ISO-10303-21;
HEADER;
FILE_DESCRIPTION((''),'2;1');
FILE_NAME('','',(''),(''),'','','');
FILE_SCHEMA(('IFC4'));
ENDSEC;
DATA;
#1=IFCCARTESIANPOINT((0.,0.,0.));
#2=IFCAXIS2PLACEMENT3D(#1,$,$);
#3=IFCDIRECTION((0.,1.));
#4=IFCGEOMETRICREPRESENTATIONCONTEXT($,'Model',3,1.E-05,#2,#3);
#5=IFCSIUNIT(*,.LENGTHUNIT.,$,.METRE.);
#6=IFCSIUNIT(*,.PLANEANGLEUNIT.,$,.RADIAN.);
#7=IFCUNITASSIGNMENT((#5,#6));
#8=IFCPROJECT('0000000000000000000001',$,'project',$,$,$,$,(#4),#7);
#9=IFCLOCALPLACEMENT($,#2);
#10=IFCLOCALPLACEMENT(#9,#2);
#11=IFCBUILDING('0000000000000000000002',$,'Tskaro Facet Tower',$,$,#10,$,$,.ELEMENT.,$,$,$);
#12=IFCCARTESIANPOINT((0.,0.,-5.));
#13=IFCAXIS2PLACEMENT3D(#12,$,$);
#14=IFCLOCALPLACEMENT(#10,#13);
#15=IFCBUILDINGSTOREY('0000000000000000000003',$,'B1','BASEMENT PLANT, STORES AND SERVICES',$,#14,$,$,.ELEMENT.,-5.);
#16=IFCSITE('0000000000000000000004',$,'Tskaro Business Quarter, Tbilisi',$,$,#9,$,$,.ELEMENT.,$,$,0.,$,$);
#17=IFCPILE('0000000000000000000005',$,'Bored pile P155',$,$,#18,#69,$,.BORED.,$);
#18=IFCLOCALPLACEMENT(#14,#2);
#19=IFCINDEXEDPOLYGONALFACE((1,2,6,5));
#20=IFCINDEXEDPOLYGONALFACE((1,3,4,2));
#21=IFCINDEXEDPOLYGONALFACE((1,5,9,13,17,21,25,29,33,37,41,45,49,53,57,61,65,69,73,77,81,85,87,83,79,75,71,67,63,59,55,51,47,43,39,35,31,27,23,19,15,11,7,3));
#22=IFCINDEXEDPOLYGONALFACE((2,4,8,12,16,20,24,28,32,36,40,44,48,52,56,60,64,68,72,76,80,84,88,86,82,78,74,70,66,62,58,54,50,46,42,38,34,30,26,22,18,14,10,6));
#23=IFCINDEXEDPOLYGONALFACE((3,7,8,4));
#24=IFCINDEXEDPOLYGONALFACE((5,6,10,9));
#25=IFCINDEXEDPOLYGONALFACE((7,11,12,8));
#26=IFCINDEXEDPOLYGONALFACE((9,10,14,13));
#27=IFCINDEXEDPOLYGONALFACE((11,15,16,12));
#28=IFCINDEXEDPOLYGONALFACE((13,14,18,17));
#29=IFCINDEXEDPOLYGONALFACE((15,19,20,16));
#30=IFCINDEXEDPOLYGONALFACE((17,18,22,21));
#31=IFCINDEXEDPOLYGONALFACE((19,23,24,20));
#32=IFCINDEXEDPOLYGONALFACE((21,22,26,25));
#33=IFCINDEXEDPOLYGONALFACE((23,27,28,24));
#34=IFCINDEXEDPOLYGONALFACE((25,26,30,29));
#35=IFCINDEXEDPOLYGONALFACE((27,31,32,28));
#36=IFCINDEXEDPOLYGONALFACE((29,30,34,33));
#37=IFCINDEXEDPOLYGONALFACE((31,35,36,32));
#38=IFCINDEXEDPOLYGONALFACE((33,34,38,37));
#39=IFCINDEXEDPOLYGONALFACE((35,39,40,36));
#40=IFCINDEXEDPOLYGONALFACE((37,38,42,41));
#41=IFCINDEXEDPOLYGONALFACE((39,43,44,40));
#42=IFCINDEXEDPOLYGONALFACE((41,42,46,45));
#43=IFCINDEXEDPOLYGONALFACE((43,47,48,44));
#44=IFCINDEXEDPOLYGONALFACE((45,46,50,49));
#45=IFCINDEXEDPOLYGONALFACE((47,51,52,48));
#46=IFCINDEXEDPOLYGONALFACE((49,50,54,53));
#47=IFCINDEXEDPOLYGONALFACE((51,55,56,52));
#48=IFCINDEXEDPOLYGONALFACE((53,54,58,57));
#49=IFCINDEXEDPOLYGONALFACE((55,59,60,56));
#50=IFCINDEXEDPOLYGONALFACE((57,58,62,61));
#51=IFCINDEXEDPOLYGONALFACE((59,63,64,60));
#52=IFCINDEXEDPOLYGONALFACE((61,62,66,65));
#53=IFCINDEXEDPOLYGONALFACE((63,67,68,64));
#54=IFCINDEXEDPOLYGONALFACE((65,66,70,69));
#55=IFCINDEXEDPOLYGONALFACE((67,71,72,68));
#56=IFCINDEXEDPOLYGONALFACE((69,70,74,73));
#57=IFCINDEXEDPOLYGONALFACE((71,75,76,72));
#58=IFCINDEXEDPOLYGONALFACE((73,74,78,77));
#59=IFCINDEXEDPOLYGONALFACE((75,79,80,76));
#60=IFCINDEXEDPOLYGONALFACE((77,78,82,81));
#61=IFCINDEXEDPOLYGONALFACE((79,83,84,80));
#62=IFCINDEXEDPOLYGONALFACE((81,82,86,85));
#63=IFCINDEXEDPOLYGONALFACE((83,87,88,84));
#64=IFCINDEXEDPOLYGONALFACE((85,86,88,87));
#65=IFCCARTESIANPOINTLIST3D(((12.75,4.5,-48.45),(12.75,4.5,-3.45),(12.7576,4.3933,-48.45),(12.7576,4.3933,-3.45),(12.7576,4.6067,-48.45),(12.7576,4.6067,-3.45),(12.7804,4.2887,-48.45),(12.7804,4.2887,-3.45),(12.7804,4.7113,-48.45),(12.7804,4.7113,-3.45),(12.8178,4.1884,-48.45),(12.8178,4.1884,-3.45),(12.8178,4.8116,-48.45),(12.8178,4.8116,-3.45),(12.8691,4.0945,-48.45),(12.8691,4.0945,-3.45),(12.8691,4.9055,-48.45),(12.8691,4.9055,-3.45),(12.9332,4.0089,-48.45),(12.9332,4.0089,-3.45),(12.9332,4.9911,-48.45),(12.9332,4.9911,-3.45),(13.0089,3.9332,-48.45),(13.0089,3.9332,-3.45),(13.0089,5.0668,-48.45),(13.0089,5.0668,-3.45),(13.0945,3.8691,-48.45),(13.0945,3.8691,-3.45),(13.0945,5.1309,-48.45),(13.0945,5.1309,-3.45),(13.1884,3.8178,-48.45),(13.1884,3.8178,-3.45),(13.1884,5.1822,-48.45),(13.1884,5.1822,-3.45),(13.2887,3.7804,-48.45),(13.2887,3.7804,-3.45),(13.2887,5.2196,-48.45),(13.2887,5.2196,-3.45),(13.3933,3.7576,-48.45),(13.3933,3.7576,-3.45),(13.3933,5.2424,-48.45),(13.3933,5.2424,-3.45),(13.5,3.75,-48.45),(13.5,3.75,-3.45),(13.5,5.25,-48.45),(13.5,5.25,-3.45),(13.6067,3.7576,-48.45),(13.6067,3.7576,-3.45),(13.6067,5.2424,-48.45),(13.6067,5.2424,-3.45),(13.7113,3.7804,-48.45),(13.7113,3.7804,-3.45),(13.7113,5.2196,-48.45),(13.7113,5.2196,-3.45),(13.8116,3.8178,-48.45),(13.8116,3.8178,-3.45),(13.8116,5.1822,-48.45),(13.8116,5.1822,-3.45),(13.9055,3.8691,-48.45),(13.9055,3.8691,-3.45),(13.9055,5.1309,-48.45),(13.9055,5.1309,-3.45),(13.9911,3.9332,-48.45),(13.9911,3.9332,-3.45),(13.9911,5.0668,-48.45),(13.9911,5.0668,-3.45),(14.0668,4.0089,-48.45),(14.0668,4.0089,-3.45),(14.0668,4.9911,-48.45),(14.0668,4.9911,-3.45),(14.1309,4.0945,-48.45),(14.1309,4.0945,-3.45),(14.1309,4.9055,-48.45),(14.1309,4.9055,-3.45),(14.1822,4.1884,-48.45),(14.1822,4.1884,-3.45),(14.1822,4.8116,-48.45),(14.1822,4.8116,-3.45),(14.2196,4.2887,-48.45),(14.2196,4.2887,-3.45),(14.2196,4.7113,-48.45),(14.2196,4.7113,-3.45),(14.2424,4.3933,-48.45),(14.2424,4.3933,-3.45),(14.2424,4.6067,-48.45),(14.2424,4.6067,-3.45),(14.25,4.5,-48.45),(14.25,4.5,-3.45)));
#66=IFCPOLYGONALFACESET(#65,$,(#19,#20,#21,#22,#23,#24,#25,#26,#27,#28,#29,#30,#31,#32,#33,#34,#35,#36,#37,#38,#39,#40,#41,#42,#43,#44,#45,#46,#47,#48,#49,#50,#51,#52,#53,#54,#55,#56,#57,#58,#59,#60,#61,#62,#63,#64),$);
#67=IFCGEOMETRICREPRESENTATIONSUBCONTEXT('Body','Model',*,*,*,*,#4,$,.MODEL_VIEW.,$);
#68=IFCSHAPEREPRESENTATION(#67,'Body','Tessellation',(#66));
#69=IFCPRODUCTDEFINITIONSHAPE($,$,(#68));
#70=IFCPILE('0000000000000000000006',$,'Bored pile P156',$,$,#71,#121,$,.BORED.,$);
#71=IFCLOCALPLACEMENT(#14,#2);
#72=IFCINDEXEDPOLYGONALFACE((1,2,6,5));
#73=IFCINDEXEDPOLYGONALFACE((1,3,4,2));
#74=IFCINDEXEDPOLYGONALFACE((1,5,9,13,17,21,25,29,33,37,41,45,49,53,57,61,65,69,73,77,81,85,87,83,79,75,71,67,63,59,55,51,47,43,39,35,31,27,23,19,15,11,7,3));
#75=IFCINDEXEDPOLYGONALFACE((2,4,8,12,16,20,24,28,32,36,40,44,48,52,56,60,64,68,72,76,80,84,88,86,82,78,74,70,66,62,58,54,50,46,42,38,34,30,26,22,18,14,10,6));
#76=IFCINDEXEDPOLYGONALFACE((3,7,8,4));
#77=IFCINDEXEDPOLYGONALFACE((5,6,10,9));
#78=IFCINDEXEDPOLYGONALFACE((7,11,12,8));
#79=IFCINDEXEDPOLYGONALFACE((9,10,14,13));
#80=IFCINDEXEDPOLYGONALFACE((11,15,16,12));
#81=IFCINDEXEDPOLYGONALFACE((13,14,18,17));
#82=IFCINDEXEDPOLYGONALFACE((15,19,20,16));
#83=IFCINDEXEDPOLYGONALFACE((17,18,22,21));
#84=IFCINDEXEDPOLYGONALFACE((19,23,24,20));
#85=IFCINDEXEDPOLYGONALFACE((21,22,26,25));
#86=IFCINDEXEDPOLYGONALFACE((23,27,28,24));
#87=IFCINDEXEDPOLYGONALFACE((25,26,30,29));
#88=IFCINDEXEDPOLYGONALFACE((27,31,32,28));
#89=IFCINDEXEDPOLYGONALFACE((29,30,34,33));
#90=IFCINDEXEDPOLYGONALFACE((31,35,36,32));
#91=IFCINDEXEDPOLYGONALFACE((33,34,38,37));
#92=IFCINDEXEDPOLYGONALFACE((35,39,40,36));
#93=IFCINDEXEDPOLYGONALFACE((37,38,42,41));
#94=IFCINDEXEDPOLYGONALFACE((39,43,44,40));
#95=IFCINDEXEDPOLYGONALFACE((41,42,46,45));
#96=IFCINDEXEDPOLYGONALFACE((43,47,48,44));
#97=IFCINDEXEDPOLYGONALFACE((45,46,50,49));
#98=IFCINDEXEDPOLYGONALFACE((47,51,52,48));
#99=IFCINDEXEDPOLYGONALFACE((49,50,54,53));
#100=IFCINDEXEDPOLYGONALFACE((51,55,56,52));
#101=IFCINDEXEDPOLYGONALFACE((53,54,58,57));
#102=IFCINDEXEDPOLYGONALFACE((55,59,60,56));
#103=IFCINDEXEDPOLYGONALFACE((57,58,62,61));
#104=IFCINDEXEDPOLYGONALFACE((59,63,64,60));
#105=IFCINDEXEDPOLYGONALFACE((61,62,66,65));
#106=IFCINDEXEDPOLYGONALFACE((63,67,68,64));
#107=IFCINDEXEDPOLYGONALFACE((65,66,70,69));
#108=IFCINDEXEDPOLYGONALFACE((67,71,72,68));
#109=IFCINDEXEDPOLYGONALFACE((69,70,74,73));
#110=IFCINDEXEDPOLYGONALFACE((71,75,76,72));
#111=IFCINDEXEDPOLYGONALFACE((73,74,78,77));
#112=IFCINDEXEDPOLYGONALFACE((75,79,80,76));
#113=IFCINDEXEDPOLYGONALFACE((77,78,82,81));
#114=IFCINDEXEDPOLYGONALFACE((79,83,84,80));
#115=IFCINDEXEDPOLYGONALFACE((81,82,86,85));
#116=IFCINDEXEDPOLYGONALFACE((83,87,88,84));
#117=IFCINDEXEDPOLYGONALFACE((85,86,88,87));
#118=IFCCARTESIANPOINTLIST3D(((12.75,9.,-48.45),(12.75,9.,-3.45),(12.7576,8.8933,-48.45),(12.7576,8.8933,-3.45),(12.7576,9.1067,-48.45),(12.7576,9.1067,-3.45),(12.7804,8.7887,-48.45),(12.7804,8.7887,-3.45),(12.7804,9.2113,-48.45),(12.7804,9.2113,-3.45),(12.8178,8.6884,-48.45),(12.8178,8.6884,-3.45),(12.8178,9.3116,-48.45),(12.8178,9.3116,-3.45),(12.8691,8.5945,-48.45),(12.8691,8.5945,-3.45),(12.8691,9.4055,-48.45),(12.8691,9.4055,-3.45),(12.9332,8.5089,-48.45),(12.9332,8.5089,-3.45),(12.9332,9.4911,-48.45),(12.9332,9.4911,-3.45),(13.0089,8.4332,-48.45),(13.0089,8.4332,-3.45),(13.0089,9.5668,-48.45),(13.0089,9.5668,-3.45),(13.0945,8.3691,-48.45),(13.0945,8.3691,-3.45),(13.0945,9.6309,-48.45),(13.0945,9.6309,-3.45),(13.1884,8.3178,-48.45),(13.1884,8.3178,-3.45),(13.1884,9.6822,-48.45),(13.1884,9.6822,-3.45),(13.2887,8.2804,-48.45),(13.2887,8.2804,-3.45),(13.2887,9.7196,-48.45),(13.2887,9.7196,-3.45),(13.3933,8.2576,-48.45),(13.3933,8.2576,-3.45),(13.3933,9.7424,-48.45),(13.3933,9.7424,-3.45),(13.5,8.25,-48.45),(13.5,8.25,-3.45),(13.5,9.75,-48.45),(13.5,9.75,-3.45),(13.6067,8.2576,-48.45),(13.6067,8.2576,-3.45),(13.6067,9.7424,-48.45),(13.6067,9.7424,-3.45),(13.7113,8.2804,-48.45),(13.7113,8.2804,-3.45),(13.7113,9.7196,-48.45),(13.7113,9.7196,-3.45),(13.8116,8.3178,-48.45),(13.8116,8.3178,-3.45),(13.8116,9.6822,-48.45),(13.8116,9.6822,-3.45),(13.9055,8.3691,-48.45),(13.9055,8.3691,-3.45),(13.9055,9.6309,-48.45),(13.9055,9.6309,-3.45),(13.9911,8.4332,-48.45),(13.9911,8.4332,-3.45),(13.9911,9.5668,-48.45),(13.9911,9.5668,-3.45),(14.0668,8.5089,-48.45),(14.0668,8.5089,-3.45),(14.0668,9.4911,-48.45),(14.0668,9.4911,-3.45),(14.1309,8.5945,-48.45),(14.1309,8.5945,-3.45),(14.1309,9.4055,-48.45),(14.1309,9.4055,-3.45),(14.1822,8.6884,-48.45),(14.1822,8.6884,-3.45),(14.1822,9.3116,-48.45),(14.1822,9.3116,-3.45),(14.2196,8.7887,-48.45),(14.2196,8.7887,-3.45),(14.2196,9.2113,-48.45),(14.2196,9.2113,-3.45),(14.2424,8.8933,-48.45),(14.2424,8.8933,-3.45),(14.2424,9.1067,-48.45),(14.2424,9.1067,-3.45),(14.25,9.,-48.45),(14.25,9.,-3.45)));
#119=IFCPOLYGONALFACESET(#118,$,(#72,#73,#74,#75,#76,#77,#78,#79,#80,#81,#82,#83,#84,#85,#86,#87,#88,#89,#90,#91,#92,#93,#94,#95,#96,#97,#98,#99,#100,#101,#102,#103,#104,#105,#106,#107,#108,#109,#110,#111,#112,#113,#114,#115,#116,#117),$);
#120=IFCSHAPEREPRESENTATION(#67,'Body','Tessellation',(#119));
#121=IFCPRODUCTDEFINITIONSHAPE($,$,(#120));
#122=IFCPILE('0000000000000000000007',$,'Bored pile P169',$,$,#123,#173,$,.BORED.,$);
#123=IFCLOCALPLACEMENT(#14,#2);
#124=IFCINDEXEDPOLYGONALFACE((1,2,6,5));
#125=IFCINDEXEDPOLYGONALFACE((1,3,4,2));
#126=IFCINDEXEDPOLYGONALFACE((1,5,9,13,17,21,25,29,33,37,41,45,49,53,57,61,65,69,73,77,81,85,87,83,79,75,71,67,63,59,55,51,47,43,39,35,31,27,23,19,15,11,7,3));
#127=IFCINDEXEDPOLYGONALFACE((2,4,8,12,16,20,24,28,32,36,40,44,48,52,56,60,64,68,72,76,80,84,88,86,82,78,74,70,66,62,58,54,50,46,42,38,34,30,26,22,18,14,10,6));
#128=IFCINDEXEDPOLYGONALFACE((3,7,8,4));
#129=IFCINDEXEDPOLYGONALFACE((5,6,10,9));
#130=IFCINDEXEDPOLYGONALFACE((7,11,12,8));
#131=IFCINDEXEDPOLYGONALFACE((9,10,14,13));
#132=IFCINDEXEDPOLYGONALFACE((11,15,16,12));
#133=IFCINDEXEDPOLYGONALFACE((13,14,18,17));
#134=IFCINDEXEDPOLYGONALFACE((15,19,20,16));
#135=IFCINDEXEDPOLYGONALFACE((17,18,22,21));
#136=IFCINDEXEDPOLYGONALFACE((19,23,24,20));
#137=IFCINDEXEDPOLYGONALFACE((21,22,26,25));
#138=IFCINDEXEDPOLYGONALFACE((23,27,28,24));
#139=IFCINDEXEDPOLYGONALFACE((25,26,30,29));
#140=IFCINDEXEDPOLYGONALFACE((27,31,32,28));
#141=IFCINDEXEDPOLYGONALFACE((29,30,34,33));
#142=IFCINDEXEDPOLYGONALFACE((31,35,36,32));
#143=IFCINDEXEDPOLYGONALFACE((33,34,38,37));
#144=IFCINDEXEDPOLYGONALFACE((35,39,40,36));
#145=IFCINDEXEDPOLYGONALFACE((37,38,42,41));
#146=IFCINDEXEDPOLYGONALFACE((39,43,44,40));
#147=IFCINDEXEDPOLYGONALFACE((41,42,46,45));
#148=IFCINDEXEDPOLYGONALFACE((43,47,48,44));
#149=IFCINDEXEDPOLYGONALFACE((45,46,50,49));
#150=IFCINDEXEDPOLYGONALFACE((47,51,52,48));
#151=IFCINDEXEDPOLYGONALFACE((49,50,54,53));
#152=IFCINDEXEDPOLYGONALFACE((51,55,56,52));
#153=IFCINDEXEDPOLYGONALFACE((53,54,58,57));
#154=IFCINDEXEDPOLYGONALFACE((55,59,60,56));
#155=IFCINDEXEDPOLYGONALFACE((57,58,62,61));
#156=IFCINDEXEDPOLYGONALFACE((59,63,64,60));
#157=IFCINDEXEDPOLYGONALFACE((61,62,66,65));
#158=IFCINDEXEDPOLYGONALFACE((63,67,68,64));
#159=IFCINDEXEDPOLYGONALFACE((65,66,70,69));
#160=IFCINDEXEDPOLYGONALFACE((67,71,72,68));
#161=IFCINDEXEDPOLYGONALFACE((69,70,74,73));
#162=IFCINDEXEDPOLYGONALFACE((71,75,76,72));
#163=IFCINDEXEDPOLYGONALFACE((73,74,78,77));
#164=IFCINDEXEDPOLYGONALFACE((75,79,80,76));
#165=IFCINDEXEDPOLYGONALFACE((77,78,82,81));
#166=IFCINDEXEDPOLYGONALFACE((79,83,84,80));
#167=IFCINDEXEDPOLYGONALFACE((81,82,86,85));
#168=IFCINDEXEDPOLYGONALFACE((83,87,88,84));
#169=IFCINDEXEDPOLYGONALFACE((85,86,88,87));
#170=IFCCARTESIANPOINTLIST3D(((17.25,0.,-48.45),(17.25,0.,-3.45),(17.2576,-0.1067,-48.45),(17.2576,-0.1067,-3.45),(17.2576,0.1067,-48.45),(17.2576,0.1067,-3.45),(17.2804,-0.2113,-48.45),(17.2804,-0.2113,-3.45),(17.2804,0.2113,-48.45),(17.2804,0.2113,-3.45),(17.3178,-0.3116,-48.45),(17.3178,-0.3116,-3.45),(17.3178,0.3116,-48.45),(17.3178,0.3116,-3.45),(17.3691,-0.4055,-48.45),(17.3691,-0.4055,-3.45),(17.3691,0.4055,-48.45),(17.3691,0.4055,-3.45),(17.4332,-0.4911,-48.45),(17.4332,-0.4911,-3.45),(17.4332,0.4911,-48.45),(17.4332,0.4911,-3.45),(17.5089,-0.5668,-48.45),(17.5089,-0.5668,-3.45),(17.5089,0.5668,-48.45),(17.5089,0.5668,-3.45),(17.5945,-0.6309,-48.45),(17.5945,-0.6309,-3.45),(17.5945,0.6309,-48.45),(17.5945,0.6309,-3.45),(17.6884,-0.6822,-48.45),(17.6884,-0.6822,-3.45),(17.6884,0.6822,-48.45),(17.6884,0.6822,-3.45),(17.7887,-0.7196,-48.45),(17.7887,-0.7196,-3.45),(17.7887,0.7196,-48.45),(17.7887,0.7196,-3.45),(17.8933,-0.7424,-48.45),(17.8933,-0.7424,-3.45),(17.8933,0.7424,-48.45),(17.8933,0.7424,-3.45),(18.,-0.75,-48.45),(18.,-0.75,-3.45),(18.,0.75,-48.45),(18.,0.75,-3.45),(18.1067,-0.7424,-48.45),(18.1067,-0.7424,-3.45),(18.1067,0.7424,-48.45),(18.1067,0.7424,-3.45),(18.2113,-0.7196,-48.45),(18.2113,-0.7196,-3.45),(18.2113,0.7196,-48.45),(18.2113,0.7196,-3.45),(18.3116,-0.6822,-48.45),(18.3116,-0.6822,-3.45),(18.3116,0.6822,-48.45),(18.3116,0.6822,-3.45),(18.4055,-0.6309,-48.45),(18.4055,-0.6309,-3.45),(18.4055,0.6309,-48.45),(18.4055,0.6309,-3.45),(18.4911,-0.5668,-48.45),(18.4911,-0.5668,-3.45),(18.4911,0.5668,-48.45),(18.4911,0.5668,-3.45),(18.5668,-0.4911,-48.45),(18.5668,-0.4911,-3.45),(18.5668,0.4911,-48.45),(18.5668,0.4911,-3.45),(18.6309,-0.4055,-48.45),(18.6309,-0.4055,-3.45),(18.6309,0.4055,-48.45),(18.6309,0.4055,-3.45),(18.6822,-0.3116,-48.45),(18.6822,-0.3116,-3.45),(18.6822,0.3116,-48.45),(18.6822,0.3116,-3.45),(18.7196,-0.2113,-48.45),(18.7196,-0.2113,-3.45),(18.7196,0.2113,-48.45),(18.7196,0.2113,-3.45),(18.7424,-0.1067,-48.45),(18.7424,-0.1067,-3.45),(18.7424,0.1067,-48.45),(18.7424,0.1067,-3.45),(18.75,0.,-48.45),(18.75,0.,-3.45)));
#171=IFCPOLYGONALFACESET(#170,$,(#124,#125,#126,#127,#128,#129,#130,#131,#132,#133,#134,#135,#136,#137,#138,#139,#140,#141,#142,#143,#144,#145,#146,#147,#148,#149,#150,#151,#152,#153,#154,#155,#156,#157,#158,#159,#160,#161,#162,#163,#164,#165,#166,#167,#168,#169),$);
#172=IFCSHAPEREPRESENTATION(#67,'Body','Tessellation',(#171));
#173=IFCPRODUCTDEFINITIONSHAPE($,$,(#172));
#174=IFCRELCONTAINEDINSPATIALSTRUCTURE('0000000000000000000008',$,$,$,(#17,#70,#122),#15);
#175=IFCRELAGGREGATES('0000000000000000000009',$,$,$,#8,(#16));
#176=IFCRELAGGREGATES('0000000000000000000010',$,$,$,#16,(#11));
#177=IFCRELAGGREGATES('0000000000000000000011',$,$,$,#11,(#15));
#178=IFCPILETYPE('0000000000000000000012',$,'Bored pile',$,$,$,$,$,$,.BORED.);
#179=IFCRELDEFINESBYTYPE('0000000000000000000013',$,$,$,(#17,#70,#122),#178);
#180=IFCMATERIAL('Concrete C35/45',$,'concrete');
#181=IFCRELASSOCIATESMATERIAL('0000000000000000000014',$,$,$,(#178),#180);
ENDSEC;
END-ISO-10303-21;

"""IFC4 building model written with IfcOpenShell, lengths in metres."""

from ifc_helpers import new_model, si_unit, direction, frame, origin, origin_2d, place, context, subcontext, project, spatial, circle, extrude, material, material_profile, profile_set, type_object, element, save


model = new_model("IFC4")

# Units and contexts
model_context = context("Model", 3, precision=1e-05, world=origin(), true_north=direction((0.0, 1.0)))
body_context = subcontext(model_context, "Body", "Model", "MODEL_VIEW")
ifc_project = project(units=[si_unit("LENGTHUNIT", "METRE"), si_unit("PLANEANGLEUNIT", "RADIAN")], contexts=[model_context])

# Site, building, storey
site_placement = place(None, origin())
site = spatial("IfcSite", under=ifc_project, at=site_placement, Name="Tskaro Business Quarter, Tbilisi", CompositionType="ELEMENT", RefElevation=0.0)
building_placement = place(site_placement, origin())
building = spatial("IfcBuilding", under=site, at=building_placement, Name="Tskaro Facet Tower", CompositionType="ELEMENT")
storey_placement = place(building_placement, frame((0.0, 0.0, -5.0)))
storey = spatial("IfcBuildingStorey", under=building, at=storey_placement, Name="B1", Description="BASEMENT PLANT, STORES AND SERVICES", CompositionType="ELEMENT", Elevation=-5.0)

# Piles
ifc_material_1 = material(Name="Concrete C35/45", Category="concrete")
ifc_material_profile_1 = material_profile(ifc_material_1, circle(Radius=0.75, at=origin_2d()), Name="Bored pile")
ifc_profile_set_1 = profile_set([ifc_material_profile_1], Name="Concrete C35/45")
pile_type = type_object("IfcPileType", Name="Bored pile", PredefinedType="BORED", material=ifc_profile_set_1)
for number, where, z_axis, x_axis, name in (
    (1, (13.5, 4.5, -3.45), (0.0, 0.0, -1.0), (1.0, 0.0, 0.0), "Bored pile P155"),
    (2, (13.5, 9.0, -3.45), (0.0, 0.0, -1.0), (1.0, 0.0, 0.0), "Bored pile P156"),
    (3, (18.0, 0.0, -3.45), (0.0, 0.0, -1.0), (1.0, 0.0, 0.0), "Bored pile P169"),
):
    element("IfcPile", number, at=place(storey_placement, frame(where, z_axis=z_axis, x_axis=x_axis)), inside=storey, type_object=pile_type, Name=name, PredefinedType="BORED", context=body_context, shape_type="SweptSolid", body=[
        extrude(circle(Radius=0.75, at=origin_2d()), origin(), (0.0, 0.0, 1.0), 45.0),
    ])

save(model, "model.ifc")
